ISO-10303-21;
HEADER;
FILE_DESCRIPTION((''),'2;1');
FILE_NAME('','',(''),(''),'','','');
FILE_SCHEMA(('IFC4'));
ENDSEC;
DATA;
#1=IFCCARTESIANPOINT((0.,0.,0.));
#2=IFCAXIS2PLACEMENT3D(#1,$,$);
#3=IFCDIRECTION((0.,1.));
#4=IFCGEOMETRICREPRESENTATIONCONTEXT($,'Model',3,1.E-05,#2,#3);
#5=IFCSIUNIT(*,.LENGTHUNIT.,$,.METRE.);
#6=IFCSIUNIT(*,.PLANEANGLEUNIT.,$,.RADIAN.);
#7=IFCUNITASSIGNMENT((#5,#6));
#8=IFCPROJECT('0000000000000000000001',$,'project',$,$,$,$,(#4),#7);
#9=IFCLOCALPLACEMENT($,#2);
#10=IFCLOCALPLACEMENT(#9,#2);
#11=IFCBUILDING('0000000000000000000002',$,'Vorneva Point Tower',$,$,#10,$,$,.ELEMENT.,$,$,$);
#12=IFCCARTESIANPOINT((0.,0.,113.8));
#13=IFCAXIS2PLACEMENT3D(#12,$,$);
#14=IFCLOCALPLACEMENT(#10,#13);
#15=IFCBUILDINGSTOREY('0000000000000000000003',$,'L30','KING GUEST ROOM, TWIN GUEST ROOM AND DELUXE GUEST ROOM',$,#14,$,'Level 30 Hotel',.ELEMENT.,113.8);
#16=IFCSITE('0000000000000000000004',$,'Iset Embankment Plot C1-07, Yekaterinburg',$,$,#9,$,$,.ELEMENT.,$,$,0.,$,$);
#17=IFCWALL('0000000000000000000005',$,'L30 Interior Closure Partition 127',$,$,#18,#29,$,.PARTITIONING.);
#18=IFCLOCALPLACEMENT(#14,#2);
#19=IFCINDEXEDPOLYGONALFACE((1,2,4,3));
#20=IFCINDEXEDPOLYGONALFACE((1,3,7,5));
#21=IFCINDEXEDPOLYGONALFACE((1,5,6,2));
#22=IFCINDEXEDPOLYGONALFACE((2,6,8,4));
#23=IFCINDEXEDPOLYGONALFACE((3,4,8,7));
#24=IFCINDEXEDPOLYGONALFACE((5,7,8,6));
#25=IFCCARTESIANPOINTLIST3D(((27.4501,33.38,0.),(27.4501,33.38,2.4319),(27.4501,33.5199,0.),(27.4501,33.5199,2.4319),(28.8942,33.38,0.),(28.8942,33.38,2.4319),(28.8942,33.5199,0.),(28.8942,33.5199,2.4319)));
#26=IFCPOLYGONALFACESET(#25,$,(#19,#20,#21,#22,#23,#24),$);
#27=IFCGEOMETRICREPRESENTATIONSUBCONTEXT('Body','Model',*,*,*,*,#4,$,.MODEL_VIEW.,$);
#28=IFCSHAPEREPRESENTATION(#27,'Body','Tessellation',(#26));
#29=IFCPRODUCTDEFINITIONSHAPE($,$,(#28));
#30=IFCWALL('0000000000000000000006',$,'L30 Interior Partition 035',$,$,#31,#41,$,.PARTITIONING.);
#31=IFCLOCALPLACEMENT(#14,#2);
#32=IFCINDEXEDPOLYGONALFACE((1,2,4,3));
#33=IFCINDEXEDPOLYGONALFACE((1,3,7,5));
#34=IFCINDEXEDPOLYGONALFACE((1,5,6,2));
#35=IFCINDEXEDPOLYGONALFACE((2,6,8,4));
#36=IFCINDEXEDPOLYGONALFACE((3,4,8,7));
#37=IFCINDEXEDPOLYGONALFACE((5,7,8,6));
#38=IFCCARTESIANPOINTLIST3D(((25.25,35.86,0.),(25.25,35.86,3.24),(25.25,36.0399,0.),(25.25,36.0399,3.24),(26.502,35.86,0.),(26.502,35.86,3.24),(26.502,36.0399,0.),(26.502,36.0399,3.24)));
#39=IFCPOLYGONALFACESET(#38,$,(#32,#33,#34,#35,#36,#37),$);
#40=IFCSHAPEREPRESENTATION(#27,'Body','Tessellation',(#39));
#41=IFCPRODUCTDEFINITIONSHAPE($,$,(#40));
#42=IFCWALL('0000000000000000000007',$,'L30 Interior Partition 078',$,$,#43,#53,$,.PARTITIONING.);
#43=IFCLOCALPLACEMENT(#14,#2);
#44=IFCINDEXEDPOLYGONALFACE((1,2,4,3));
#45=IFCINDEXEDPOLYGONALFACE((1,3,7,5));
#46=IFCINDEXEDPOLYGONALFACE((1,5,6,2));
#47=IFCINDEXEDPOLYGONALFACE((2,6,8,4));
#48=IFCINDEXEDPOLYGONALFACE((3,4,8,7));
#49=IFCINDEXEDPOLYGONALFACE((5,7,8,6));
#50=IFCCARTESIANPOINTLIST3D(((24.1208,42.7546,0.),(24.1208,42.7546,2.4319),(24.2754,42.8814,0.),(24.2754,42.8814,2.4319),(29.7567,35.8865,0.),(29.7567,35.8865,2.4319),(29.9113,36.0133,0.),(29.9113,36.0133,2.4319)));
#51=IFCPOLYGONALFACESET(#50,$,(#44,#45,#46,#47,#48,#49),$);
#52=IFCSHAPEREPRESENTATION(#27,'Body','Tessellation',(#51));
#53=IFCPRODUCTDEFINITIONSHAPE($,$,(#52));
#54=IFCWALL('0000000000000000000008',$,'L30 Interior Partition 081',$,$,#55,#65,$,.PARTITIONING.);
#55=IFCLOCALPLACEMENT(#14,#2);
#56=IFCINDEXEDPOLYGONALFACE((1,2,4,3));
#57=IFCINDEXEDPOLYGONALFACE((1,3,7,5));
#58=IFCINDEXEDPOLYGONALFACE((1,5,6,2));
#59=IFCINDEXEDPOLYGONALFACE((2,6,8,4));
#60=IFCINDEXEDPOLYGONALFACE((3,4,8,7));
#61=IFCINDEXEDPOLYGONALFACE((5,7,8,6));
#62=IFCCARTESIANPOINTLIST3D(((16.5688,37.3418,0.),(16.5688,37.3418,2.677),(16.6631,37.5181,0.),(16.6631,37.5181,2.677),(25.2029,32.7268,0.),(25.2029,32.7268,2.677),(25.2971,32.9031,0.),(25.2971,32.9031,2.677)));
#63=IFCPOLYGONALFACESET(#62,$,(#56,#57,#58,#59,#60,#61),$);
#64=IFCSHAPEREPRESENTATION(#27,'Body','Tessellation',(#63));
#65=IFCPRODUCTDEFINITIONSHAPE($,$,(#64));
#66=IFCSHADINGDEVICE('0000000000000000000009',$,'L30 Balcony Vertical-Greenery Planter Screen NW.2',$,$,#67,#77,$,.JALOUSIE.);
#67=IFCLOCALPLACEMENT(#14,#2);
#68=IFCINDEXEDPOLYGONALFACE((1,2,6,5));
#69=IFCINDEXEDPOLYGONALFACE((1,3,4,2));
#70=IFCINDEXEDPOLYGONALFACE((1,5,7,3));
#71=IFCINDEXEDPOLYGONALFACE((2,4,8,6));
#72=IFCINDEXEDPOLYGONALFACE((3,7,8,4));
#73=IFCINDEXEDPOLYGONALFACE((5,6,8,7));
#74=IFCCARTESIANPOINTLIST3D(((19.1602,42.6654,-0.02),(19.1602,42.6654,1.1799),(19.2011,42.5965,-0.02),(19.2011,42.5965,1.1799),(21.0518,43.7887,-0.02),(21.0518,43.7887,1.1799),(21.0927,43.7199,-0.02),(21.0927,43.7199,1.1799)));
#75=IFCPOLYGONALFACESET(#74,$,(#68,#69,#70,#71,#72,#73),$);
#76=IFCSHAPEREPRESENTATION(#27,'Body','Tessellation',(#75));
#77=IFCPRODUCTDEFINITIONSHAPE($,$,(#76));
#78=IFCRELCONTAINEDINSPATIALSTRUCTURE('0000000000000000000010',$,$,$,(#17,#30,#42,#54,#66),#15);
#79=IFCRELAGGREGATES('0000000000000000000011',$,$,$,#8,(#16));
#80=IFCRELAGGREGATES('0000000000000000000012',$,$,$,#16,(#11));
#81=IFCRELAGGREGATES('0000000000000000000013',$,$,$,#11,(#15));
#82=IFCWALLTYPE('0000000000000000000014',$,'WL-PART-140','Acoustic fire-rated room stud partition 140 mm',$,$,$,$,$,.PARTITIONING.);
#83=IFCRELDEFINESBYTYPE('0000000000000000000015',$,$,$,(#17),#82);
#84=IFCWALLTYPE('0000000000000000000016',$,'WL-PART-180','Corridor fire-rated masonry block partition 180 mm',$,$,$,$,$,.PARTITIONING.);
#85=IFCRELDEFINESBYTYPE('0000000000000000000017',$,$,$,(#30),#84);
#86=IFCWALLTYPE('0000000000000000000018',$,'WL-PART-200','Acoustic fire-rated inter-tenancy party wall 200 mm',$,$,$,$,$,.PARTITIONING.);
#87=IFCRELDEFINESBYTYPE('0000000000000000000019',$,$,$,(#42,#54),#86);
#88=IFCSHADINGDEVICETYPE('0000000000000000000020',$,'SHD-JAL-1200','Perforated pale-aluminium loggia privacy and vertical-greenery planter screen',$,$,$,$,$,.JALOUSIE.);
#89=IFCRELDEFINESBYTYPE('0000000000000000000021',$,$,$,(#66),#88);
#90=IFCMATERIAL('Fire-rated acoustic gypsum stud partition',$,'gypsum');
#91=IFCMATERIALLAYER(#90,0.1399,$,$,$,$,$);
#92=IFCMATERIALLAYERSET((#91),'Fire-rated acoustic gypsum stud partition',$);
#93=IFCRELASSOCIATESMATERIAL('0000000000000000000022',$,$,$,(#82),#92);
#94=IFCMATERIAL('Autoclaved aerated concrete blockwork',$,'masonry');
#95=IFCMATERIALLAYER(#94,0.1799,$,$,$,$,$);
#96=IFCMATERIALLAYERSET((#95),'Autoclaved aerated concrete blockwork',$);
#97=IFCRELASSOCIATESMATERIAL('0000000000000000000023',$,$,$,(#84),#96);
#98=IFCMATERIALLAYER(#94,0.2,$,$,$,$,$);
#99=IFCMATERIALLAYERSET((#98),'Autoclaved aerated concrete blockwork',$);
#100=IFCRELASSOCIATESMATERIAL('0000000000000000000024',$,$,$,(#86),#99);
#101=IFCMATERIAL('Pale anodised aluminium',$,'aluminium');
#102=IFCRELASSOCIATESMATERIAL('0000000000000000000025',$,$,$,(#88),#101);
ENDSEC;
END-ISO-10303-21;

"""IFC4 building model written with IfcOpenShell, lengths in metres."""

from ifc_helpers import new_model, si_unit, direction, frame, frame_2d, origin, origin_2d, place, context, subcontext, project, spatial, rectangle, extrude, material, layer, layer_set, type_object, element, save


model = new_model("IFC4")

# Units and contexts
model_context = context("Model", 3, precision=1e-05, world=origin(), true_north=direction((0.0, 1.0)))
body_context = subcontext(model_context, "Body", "Model", "MODEL_VIEW")
ifc_project = project(units=[si_unit("LENGTHUNIT", "METRE"), si_unit("PLANEANGLEUNIT", "RADIAN")], contexts=[model_context])

# Site, building, storey
site_placement = place(None, origin())
site = spatial("IfcSite", under=ifc_project, at=site_placement, Name="Iset Embankment Plot C1-07, Yekaterinburg", CompositionType="ELEMENT", RefElevation=0.0)
building_placement = place(site_placement, origin())
building = spatial("IfcBuilding", under=site, at=building_placement, Name="Vorneva Point Tower", CompositionType="ELEMENT")
storey_placement = place(building_placement, frame((0.0, 0.0, 113.8)))
storey = spatial("IfcBuildingStorey", under=building, at=storey_placement, Name="L30", Description="KING GUEST ROOM, TWIN GUEST ROOM AND DELUXE GUEST ROOM", LongName="Level 30 Hotel", CompositionType="ELEMENT", Elevation=113.8)

# Shared definitions
ifc_material_1 = material(Name="Pale anodised aluminium", Category="aluminium")

# Shared definitions
ifc_material_2 = material(Name="Fire-rated acoustic gypsum stud partition", Category="gypsum")

# Walls
ifc_layer_1 = layer(ifc_material_2, 0.1399)
ifc_layer_set_1 = layer_set([ifc_layer_1], Name="Fire-rated acoustic gypsum stud partition")
wall_type_1 = type_object("IfcWallType", Name="WL-PART-140", Description="Acoustic fire-rated room stud partition 140 mm", PredefinedType="PARTITIONING", material=ifc_layer_set_1)
wall_1_placement = place(storey_placement, frame((27.45, 33.45, 0.0), z_axis=(0.0, 0.0, 1.0), x_axis=(1.0, 0.0, 0.0)))
element("IfcWall", 1, at=wall_1_placement, inside=storey, type_object=wall_type_1, Name="L30 Interior Closure Partition 127", PredefinedType="PARTITIONING", context=body_context, shape_type="SweptSolid", body=[
    extrude(rectangle(XDim=1.4441, YDim=0.1399, at=frame_2d((0.7222, 0.0))), origin(), (0.0, 0.0, 1.0), 2.4319),
])
ifc_material_3 = material(Name="Autoclaved aerated concrete blockwork", Category="masonry")
ifc_layer_2 = layer(ifc_material_3, 0.1799)
ifc_layer_set_2 = layer_set([ifc_layer_2], Name="Autoclaved aerated concrete blockwork")
wall_type_2 = type_object("IfcWallType", Name="WL-PART-180", Description="Corridor fire-rated masonry block partition 180 mm", PredefinedType="PARTITIONING", material=ifc_layer_set_2)
wall_2_placement = place(storey_placement, frame((26.502, 35.95, 0.0), z_axis=(0.0, 0.0, 1.0), x_axis=(-1.0, 0.0, 0.0)))
element("IfcWall", 2, at=wall_2_placement, inside=storey, type_object=wall_type_2, Name="L30 Interior Partition 035", PredefinedType="PARTITIONING", context=body_context, shape_type="SweptSolid", body=[
    extrude(rectangle(XDim=1.252, YDim=0.1799, at=frame_2d((0.626, 0.0))), origin(), (0.0, 0.0, 1.0), 3.24),
])

# Walls
ifc_layer_3 = layer(ifc_material_3, 0.2)
ifc_layer_set_3 = layer_set([ifc_layer_3], Name="Autoclaved aerated concrete blockwork")
wall_type_3 = type_object("IfcWallType", Name="WL-PART-200", Description="Acoustic fire-rated inter-tenancy party wall 200 mm", PredefinedType="PARTITIONING", material=ifc_layer_set_3)
wall_3_placement = place(storey_placement, frame((24.198, 42.8181, 0.0), z_axis=(0.0, 0.0, 1.0), x_axis=(0.634355, -0.773042, 0.0)))
element("IfcWall", 3, at=wall_3_placement, inside=storey, type_object=wall_type_3, Name="L30 Interior Partition 078", PredefinedType="PARTITIONING", context=body_context, shape_type="SweptSolid", body=[
    extrude(rectangle(XDim=8.8845, YDim=0.2, at=frame_2d((4.4424, 0.0))), origin(), (0.0, 0.0, 1.0), 2.4319),
])
wall_4_placement = place(storey_placement, frame((16.616, 37.4299, 0.0), z_axis=(0.0, 0.0, 1.0), x_axis=(0.881921, -0.471397, 0.0)))
element("IfcWall", 4, at=wall_4_placement, inside=storey, type_object=wall_type_3, Name="L30 Interior Partition 081", PredefinedType="PARTITIONING", context=body_context, shape_type="SweptSolid", body=[
    extrude(rectangle(XDim=9.79, YDim=0.2, at=frame_2d((4.895, 0.0))), origin(), (0.0, 0.0, 1.0), 2.677),
])

# Shading device
shading_device_type = type_object("IfcShadingDeviceType", Name="SHD-JAL-1200", Description="Perforated pale-aluminium loggia privacy and vertical-greenery planter screen", PredefinedType="JALOUSIE", material=ifc_material_1)
shading_device_placement = place(storey_placement, frame((20.1265, 43.1926, -0.02), z_axis=(0.0, 0.0, 1.0), x_axis=(-0.859817, -0.510603, 0.0)))
element("IfcShadingDevice", 5, at=shading_device_placement, inside=storey, type_object=shading_device_type, Name="L30 Balcony Vertical-Greenery Planter Screen NW.2", PredefinedType="JALOUSIE", context=body_context, shape_type="SweptSolid", body=[
    extrude(rectangle(XDim=2.2, YDim=0.0801, at=origin_2d()), origin(), (0.0, 0.0, 1.0), 1.2),
])

save(model, "model.ifc")
